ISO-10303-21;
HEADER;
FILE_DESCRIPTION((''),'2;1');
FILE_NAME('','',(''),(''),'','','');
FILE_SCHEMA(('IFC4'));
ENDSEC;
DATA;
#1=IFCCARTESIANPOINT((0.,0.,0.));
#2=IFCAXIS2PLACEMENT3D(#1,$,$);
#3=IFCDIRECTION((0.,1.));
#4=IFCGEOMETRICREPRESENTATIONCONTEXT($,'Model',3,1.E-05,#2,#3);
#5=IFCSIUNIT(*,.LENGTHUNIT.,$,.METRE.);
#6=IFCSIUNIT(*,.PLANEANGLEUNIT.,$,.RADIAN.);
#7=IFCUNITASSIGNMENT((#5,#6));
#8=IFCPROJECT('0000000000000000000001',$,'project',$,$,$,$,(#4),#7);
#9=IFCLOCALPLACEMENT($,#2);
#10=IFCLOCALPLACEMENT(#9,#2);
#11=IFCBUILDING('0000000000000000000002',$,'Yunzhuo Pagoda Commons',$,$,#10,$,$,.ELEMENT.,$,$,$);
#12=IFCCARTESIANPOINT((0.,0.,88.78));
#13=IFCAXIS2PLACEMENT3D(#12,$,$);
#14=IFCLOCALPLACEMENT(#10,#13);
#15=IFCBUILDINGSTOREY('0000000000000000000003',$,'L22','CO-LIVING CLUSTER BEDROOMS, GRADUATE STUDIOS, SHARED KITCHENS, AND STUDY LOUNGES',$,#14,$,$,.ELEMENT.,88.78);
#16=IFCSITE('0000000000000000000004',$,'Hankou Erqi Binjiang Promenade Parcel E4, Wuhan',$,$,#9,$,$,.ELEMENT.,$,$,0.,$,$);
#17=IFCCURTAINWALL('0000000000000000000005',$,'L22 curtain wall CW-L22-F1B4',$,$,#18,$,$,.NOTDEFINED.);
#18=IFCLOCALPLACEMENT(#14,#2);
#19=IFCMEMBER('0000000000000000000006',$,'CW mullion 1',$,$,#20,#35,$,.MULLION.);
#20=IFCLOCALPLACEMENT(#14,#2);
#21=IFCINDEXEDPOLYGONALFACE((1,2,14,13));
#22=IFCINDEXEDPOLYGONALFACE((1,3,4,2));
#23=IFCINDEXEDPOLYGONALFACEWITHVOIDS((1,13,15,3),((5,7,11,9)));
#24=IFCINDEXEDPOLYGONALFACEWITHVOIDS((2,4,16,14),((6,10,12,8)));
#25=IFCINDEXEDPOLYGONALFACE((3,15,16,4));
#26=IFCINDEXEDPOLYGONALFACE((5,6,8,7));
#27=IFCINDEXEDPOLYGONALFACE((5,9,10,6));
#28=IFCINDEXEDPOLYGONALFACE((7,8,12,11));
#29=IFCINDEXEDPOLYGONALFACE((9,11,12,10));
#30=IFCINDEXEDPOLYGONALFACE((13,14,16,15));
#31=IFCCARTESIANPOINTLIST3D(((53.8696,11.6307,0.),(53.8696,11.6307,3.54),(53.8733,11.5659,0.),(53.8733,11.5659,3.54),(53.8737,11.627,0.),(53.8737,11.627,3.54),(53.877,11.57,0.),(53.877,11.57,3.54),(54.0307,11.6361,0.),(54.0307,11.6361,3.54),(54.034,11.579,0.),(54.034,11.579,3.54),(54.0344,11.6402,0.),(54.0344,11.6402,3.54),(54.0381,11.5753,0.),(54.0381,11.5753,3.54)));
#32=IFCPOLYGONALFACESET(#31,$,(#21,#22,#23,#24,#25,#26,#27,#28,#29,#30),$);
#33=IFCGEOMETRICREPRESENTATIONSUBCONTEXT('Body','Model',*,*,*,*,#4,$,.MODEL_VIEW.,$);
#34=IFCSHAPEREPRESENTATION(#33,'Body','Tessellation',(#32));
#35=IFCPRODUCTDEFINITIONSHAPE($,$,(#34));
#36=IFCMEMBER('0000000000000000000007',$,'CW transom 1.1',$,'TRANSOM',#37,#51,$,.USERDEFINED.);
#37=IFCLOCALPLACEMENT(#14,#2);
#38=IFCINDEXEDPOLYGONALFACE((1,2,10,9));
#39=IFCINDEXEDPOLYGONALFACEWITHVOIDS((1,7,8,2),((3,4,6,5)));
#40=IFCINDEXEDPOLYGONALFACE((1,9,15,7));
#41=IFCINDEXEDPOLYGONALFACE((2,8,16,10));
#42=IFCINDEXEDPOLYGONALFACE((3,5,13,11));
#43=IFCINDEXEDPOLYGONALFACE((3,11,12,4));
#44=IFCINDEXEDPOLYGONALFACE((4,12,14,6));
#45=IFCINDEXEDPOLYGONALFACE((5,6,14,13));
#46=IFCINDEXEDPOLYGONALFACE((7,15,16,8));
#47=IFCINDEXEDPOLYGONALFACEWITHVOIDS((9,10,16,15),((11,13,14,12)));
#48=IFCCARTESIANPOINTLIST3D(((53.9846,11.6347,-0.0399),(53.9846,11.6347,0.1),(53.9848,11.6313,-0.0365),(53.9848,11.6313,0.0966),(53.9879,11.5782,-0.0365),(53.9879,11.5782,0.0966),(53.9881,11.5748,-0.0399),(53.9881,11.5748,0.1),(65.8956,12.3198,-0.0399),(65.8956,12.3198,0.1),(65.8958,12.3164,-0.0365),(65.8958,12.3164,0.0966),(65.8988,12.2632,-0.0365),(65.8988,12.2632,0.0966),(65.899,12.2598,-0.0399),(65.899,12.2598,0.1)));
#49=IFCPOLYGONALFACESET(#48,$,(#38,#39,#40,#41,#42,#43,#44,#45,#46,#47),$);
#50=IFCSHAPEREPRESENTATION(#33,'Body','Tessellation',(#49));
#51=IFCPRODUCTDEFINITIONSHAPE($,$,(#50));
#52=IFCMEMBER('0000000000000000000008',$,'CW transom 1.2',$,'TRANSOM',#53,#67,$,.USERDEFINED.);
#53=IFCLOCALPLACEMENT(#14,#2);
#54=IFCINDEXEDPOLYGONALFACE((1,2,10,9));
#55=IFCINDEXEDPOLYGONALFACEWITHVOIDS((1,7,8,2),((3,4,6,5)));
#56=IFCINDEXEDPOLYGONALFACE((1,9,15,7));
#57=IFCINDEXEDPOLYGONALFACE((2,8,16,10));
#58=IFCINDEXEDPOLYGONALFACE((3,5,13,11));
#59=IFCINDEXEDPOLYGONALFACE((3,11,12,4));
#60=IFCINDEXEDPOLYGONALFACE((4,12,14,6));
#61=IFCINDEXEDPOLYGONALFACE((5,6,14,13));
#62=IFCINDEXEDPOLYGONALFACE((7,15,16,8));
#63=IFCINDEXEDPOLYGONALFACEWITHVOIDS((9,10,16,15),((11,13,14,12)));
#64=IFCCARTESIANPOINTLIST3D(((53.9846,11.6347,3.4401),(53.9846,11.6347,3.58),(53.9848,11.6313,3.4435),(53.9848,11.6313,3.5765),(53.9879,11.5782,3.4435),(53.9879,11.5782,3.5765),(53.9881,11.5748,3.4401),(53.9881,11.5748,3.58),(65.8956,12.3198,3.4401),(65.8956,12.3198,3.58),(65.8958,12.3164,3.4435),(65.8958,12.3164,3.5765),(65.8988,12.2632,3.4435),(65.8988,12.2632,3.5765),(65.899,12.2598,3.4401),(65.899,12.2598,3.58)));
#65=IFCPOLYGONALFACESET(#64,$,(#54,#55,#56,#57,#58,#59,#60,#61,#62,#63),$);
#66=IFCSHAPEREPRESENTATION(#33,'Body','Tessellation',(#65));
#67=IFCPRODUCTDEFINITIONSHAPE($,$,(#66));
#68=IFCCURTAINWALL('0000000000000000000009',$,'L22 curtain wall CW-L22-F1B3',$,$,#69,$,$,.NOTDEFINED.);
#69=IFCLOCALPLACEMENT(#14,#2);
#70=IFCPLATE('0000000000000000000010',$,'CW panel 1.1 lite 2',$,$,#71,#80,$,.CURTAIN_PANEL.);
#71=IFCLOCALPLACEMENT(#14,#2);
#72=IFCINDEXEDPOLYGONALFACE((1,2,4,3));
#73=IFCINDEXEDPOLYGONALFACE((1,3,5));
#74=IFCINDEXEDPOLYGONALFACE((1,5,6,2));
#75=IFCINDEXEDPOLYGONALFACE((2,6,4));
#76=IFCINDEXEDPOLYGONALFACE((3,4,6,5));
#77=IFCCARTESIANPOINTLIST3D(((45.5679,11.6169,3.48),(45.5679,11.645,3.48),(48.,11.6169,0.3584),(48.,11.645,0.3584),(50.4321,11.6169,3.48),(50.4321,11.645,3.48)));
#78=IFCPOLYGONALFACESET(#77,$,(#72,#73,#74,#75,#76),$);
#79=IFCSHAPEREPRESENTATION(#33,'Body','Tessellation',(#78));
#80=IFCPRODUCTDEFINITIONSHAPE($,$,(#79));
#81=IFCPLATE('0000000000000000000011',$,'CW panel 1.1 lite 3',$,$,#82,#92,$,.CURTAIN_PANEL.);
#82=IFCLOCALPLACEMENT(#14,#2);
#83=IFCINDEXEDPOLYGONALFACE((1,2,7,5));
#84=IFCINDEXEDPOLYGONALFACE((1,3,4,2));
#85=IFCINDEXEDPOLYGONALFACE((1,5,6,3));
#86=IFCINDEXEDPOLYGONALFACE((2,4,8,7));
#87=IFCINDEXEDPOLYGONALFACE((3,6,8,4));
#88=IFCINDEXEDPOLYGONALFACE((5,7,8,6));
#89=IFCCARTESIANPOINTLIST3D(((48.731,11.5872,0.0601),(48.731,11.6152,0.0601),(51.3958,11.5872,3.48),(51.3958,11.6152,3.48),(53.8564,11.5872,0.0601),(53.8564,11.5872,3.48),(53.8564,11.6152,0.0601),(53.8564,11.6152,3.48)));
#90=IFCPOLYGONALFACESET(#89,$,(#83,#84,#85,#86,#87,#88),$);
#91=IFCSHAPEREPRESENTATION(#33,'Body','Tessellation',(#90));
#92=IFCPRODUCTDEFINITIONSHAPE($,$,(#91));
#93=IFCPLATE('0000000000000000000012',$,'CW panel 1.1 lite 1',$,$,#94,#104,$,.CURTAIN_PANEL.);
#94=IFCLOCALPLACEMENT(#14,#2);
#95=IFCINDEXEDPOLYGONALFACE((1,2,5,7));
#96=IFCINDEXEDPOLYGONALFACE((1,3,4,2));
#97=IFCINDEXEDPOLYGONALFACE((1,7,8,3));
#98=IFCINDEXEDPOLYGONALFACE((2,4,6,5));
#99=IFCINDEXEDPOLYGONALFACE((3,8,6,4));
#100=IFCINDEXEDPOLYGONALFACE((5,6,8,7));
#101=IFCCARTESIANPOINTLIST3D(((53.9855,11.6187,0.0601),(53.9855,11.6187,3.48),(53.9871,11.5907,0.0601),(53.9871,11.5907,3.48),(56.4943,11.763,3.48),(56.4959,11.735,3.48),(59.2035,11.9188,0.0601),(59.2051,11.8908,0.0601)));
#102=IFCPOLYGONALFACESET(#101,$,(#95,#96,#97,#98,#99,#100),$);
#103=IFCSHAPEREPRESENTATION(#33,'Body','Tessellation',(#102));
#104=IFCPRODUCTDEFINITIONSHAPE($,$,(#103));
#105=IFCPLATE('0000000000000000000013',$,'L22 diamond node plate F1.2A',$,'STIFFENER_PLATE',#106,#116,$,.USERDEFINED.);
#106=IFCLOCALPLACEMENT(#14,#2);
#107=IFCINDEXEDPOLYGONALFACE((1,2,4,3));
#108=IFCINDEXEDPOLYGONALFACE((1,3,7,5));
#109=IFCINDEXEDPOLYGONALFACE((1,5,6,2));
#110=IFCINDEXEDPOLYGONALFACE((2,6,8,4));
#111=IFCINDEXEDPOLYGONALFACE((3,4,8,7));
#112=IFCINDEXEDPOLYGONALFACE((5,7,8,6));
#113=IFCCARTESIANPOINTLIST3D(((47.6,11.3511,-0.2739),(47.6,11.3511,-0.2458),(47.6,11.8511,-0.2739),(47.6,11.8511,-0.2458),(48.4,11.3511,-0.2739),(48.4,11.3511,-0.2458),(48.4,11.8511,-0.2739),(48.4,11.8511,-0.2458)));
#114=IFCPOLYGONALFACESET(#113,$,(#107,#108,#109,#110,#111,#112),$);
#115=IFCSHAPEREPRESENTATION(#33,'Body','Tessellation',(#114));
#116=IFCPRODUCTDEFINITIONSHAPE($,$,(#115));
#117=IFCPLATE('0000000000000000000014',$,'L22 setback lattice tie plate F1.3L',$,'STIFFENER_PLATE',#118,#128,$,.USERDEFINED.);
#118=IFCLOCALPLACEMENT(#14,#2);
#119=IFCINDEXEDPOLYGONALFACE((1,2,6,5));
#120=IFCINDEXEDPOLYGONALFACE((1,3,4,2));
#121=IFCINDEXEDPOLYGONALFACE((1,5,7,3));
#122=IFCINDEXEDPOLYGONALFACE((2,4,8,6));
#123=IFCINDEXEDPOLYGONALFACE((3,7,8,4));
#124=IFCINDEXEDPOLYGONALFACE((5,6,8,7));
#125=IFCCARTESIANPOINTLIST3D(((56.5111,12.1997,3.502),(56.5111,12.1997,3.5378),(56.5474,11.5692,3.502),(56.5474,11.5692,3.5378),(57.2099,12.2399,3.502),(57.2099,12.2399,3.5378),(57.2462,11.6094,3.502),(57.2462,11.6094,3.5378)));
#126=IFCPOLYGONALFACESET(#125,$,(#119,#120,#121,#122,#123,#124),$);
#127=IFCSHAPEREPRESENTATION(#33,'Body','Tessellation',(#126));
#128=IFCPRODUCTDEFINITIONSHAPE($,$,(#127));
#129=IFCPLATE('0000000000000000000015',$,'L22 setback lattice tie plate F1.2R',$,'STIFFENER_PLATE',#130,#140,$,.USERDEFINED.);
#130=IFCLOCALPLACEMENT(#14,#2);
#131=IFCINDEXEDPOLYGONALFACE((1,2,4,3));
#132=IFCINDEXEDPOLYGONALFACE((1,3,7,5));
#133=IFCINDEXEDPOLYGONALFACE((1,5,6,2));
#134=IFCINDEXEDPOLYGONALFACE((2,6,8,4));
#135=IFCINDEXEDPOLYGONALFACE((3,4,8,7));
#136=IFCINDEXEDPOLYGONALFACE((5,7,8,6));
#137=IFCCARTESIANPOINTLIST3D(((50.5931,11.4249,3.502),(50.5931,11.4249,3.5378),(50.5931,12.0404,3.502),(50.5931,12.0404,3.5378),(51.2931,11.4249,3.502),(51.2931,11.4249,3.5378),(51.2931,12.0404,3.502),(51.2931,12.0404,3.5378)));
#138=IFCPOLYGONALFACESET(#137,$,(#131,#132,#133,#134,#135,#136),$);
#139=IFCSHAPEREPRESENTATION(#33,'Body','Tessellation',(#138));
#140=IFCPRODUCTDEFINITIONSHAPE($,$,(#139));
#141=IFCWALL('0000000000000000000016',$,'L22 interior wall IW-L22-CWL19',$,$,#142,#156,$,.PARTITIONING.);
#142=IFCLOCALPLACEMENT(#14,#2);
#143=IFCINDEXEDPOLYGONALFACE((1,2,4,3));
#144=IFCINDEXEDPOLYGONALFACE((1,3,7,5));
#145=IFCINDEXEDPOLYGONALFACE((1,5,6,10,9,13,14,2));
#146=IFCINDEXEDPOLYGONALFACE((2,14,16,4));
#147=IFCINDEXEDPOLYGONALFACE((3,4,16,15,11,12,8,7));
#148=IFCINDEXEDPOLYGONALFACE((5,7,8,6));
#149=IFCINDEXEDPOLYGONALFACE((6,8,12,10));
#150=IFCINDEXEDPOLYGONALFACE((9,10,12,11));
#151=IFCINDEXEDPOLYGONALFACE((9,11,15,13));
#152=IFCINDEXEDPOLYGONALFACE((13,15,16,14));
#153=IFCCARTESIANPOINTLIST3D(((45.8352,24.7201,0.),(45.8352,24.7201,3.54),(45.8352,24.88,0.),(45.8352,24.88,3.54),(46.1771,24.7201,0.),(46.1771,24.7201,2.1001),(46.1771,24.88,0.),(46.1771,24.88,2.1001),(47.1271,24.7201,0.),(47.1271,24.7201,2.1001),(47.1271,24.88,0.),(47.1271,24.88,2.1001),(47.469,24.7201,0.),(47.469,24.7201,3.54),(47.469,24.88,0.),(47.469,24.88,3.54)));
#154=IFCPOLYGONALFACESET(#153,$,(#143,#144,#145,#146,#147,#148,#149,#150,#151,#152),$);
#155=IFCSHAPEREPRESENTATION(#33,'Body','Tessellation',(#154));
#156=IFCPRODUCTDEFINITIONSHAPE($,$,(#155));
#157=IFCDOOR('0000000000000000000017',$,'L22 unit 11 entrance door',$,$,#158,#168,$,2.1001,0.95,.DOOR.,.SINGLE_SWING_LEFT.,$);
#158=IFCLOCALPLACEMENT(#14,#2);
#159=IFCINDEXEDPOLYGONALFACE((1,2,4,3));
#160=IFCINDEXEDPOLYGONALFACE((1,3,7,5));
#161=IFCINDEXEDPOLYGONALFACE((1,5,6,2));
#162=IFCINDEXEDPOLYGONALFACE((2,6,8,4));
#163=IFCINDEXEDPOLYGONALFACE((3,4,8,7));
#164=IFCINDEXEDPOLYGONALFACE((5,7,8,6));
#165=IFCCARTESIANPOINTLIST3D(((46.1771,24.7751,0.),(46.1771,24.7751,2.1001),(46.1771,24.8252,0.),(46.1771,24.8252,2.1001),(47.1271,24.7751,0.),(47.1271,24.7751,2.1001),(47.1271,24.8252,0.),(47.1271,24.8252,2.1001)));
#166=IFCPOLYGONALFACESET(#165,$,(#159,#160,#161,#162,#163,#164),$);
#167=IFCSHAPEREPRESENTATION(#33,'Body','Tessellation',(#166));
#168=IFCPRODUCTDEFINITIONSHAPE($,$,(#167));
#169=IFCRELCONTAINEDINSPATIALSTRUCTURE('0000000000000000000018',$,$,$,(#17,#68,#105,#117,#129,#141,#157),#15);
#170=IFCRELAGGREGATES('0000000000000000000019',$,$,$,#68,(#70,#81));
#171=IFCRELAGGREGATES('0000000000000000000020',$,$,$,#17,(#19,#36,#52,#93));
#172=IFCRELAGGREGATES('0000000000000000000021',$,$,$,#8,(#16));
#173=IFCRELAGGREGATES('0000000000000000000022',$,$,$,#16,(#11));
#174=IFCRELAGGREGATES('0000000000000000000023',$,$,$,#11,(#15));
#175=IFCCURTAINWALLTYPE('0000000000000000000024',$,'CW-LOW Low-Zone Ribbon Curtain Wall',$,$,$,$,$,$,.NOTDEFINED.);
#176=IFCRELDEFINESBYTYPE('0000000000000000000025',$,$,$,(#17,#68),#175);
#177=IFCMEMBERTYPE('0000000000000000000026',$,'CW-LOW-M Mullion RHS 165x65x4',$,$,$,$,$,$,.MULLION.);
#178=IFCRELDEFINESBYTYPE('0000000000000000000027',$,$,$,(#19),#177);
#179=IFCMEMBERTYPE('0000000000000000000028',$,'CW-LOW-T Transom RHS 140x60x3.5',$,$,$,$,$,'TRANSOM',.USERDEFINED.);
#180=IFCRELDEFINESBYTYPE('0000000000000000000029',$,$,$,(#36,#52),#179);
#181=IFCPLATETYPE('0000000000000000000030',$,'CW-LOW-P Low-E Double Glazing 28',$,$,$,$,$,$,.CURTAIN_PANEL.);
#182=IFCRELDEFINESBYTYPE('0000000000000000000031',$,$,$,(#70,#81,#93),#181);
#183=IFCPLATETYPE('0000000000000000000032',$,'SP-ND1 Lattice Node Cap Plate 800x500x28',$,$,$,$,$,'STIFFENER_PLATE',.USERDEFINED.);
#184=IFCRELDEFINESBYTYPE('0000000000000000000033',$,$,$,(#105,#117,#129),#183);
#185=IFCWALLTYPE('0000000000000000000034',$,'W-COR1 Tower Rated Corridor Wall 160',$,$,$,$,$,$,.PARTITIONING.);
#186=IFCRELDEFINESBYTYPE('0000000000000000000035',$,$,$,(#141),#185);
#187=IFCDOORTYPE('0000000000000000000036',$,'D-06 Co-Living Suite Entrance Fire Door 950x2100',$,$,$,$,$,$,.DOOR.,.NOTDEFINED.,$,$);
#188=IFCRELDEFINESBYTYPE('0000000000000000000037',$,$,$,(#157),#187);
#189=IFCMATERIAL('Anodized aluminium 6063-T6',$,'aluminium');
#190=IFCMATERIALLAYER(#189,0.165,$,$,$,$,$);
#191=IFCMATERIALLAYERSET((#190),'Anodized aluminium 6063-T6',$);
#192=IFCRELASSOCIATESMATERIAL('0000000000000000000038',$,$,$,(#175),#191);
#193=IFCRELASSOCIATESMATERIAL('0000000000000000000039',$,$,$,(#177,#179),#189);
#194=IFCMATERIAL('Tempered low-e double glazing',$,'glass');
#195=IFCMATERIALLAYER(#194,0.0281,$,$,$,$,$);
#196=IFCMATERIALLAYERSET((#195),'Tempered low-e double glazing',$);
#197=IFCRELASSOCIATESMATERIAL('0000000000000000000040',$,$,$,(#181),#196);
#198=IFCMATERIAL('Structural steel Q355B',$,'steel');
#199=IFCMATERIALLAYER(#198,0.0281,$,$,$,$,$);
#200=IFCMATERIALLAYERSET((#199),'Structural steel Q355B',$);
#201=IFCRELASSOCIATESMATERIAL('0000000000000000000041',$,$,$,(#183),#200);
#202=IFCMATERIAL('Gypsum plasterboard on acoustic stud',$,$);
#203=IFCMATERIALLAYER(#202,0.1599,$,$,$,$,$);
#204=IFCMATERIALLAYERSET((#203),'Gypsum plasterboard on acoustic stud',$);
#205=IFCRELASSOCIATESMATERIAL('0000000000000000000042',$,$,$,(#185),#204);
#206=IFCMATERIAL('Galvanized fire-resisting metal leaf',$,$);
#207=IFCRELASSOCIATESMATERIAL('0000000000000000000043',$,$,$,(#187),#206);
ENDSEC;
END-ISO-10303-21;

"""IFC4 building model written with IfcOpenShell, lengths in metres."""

from ifc_helpers import new_model, si_unit, direction, frame, frame_2d, origin, origin_with_axes, origin_2d, place, context, subcontext, project, spatial, polyline, rectangle, hollow_rectangle, outline, extrude, source, transform, mapped, material, layer, layer_set, material_profile, profile_set, type_object, element, fill, aggregate, save


model = new_model("IFC4")

# Units and contexts
model_context = context("Model", 3, precision=1e-05, world=origin(), true_north=direction((0.0, 1.0)))
body_context = subcontext(model_context, "Body", "Model", "MODEL_VIEW")
ifc_project = project(units=[si_unit("LENGTHUNIT", "METRE"), si_unit("PLANEANGLEUNIT", "RADIAN")], contexts=[model_context])

# Site, building, storey
site_placement = place(None, origin())
site = spatial("IfcSite", under=ifc_project, at=site_placement, Name="Hankou Erqi Binjiang Promenade Parcel E4, Wuhan", CompositionType="ELEMENT", RefElevation=0.0)
building_placement = place(site_placement, origin())
building = spatial("IfcBuilding", under=site, at=building_placement, Name="Yunzhuo Pagoda Commons", CompositionType="ELEMENT")
storey_placement = place(building_placement, frame((0.0, 0.0, 88.78)))
storey = spatial("IfcBuildingStorey", under=building, at=storey_placement, Name="L22", Description="CO-LIVING CLUSTER BEDROOMS, GRADUATE STUDIOS, SHARED KITCHENS, AND STUDY LOUNGES", CompositionType="ELEMENT", Elevation=88.78)

# Shared definitions
ifc_material_1 = material(Name="Structural steel Q355B", Category="steel")

# Curtain wall, members
ifc_material_2 = material(Name="Anodized aluminium 6063-T6", Category="aluminium")
ifc_layer_1 = layer(ifc_material_2, 0.165)
ifc_layer_set_1 = layer_set([ifc_layer_1], Name="Anodized aluminium 6063-T6")
curtain_wall_type = type_object("IfcCurtainWallType", Name="CW-LOW Low-Zone Ribbon Curtain Wall", PredefinedType="NOTDEFINED", material=ifc_layer_set_1)
curtain_wall_1_placement = place(storey_placement, origin())
curtain_wall_1 = element("IfcCurtainWall", 1, at=curtain_wall_1_placement, inside=storey, type_object=curtain_wall_type, Name="L22 curtain wall CW-L22-F1B4", PredefinedType="NOTDEFINED")
ifc_material_profile_1 = material_profile(ifc_material_2, hollow_rectangle(XDim=0.0649, YDim=0.165, WallThickness=0.0039, at=origin_2d()), Name="Anodized aluminium 6063-T6")
ifc_profile_set_1 = profile_set([ifc_material_profile_1], Name="Anodized aluminium 6063-T6")
member_type_1 = type_object("IfcMemberType", Name="CW-LOW-M Mullion RHS 165x65x4", PredefinedType="MULLION", material=ifc_profile_set_1)
shared_shape_1 = source(origin(), body_context, "Body", "SweptSolid", [
    extrude(hollow_rectangle(XDim=0.0649, YDim=0.165, WallThickness=0.0039, at=origin_2d()), origin(), (0.0, 0.0, 1.0), 3.54),
])
member_1_placement = place(storey_placement, frame((53.9539, 11.603, 0.0), z_axis=(0.0, 0.0, 1.0), x_axis=(-0.057418, 0.99835, 0.0)))
member_1 = element("IfcMember", 2, at=member_1_placement, type_object=member_type_1, Name="CW mullion 1", PredefinedType="MULLION", context=body_context, shape_type="MappedRepresentation", body=[
    mapped(shared_shape_1, transform((0.0, 0.0, 0.0), scale=1.0)),
])
ifc_material_profile_2 = material_profile(ifc_material_2, hollow_rectangle(XDim=0.0601, YDim=0.1399, WallThickness=0.0034, at=origin_2d()), Name="Anodized aluminium 6063-T6")
ifc_profile_set_2 = profile_set([ifc_material_profile_2], Name="Anodized aluminium 6063-T6")
member_type_2 = type_object("IfcMemberType", Name="CW-LOW-T Transom RHS 140x60x3.5", ElementType="TRANSOM", PredefinedType="USERDEFINED", material=ifc_profile_set_2)
shared_shape_2 = source(origin(), body_context, "Body", "SweptSolid", [
    extrude(hollow_rectangle(XDim=0.0601, YDim=0.1399, WallThickness=0.0034, at=origin_2d()), origin(), (0.0, 0.0, 1.0), 11.9307),
])
member_2_placement = place(storey_placement, frame((53.9863, 11.6047, 0.03), z_axis=(0.99835, 0.05742, 0.0), x_axis=(-0.05742, 0.99835, 0.0)))
member_2 = element("IfcMember", 3, at=member_2_placement, type_object=member_type_2, Name="CW transom 1.1", ObjectType="TRANSOM", PredefinedType="USERDEFINED", context=body_context, shape_type="MappedRepresentation", body=[
    mapped(shared_shape_2, transform((0.0, 0.0, 0.0), scale=1.0)),
])
member_3_placement = place(storey_placement, frame((53.9863, 11.6047, 3.51), z_axis=(0.99835, 0.05742, 0.0), x_axis=(-0.05742, 0.99835, 0.0)))
member_3 = element("IfcMember", 4, at=member_3_placement, type_object=member_type_2, Name="CW transom 1.2", ObjectType="TRANSOM", PredefinedType="USERDEFINED", context=body_context, shape_type="MappedRepresentation", body=[
    mapped(shared_shape_2, transform((0.0, 0.0, 0.0), scale=1.0)),
])

# Curtain wall, plates
curtain_wall_2_placement = place(storey_placement, origin())
curtain_wall_2 = element("IfcCurtainWall", 5, at=curtain_wall_2_placement, inside=storey, type_object=curtain_wall_type, Name="L22 curtain wall CW-L22-F1B3", PredefinedType="NOTDEFINED")
ifc_material_3 = material(Name="Tempered low-e double glazing", Category="glass")
ifc_layer_2 = layer(ifc_material_3, 0.0281)
ifc_layer_set_2 = layer_set([ifc_layer_2], Name="Tempered low-e double glazing")
plate_type_1 = type_object("IfcPlateType", Name="CW-LOW-P Low-E Double Glazing 28", PredefinedType="CURTAIN_PANEL", material=ifc_layer_set_2)
plate_1_placement = place(storey_placement, frame((48.0, 11.645, 1.9192), z_axis=(0.0, -1.0, 0.0), x_axis=(1.0, 0.0, 0.0)))
plate_1 = element("IfcPlate", 6, at=plate_1_placement, type_object=plate_type_1, Name="CW panel 1.1 lite 2", PredefinedType="CURTAIN_PANEL", context=body_context, shape_type="SweptSolid", body=[
    extrude(outline(polyline([(-2.4321, 1.5608), (0.0, -1.5608), (2.4321, 1.5608), (-2.4321, 1.5608)])), origin(), (0.0, 0.0, 1.0), 0.0281),
])
plate_2_placement = place(storey_placement, frame((51.2937, 11.6152, 1.77), z_axis=(0.0, -1.0, 0.0), x_axis=(1.0, 0.0, 0.0)))
plate_2 = element("IfcPlate", 7, at=plate_2_placement, type_object=plate_type_1, Name="CW panel 1.1 lite 3", PredefinedType="CURTAIN_PANEL", context=body_context, shape_type="SweptSolid", body=[
    extrude(outline(polyline([(-2.5627, -1.71), (2.5627, -1.71), (2.5627, 1.71), (0.1021, 1.71), (-2.5627, -1.71)])), origin(), (0.0, 0.0, 1.0), 0.0281),
])
aggregate(curtain_wall_2, [plate_1, plate_2])

# Plate
plate_3_placement = place(storey_placement, frame((56.5945, 11.7688, 1.77), z_axis=(0.057418, -0.99835, 0.0), x_axis=(0.99835, 0.057418, 0.0)))
plate_3 = element("IfcPlate", 8, at=plate_3_placement, type_object=plate_type_1, Name="CW panel 1.1 lite 1", PredefinedType="CURTAIN_PANEL", context=body_context, shape_type="SweptSolid", body=[
    extrude(outline(polyline([(-2.6133, -1.71), (2.6133, -1.71), (-0.1003, 1.71), (-2.6133, 1.71), (-2.6133, -1.71)])), origin(), (0.0, 0.0, 1.0), 0.0281),
])
aggregate(curtain_wall_1, [member_1, member_2, member_3, plate_3])

# Plates
ifc_layer_3 = layer(ifc_material_1, 0.0281)
ifc_layer_set_3 = layer_set([ifc_layer_3], Name="Structural steel Q355B")
plate_type_2 = type_object("IfcPlateType", Name="SP-ND1 Lattice Node Cap Plate 800x500x28", ElementType="STIFFENER_PLATE", PredefinedType="USERDEFINED", material=ifc_layer_set_3)
shared_shape_3 = source(origin(), body_context, "Body", "SweptSolid", [
    extrude(rectangle(XDim=0.8, YDim=0.5, at=origin_2d()), origin(), (0.0, 0.0, 1.0), 0.0281),
])
plate_4_placement = place(storey_placement, frame((48.0, 11.6011, -0.2739), z_axis=(0.0, 0.0, 1.0), x_axis=(1.0, 0.0, 0.0)))
element("IfcPlate", 9, at=plate_4_placement, inside=storey, type_object=plate_type_2, Name="L22 diamond node plate F1.2A", ObjectType="STIFFENER_PLATE", PredefinedType="USERDEFINED", context=body_context, shape_type="MappedRepresentation", body=[
    mapped(shared_shape_3, transform((0.0, 0.0, 0.0), scale=1.0)),
])
shared_shape_4 = source(origin(), body_context, "Body", "SweptSolid", [
    extrude(rectangle(XDim=0.7, YDim=0.6316, at=origin_2d()), origin(), (0.0, 0.0, 1.0), 0.0359),
])
plate_5_placement = place(storey_placement, frame((56.8787, 11.9045, 3.502), z_axis=(0.0, 0.0, 1.0), x_axis=(0.99835, 0.057425, 0.0)))
element("IfcPlate", 10, at=plate_5_placement, inside=storey, type_object=plate_type_2, Name="L22 setback lattice tie plate F1.3L", ObjectType="STIFFENER_PLATE", PredefinedType="USERDEFINED", context=body_context, shape_type="MappedRepresentation", body=[
    mapped(shared_shape_4, transform((0.0, 0.0, 0.0), scale=1.0)),
])
shared_shape_5 = source(origin(), body_context, "Body", "SweptSolid", [
    extrude(rectangle(XDim=0.7, YDim=0.6155, at=origin_2d()), origin(), (0.0, 0.0, 1.0), 0.0359),
])
plate_6_placement = place(storey_placement, frame((50.9431, 11.7327, 3.502), z_axis=(0.0, 0.0, 1.0), x_axis=(1.0, 0.0, 0.0)))
element("IfcPlate", 11, at=plate_6_placement, inside=storey, type_object=plate_type_2, Name="L22 setback lattice tie plate F1.2R", ObjectType="STIFFENER_PLATE", PredefinedType="USERDEFINED", context=body_context, shape_type="MappedRepresentation", body=[
    mapped(shared_shape_5, transform((0.0, 0.0, 0.0), scale=1.0)),
])

# Wall, opening, door
ifc_material_4 = material(Name="Gypsum plasterboard on acoustic stud")
ifc_layer_4 = layer(ifc_material_4, 0.1599)
ifc_layer_set_4 = layer_set([ifc_layer_4], Name="Gypsum plasterboard on acoustic stud")
wall_type_1 = type_object("IfcWallType", Name="W-COR1 Tower Rated Corridor Wall 160", PredefinedType="PARTITIONING", material=ifc_layer_set_4)
wall_1_placement = place(storey_placement, frame((47.469, 24.8, 0.0), z_axis=(0.0, 0.0, 1.0), x_axis=(-1.0, 0.0, 0.0)))
wall_1 = element("IfcWall", 12, at=wall_1_placement, inside=storey, type_object=wall_type_1, Name="L22 interior wall IW-L22-CWL19", PredefinedType="PARTITIONING", context=body_context, shape_type="SweptSolid", body=[
    extrude(rectangle(XDim=1.6338, YDim=0.1599, at=frame_2d((0.8169, 0.0))), origin(), (0.0, 0.0, 1.0), 3.54),
])
opening_1_placement = place(wall_1_placement, frame((0.3418, 0.0, 0.0)))
opening_1 = element("IfcOpeningElement", 13, at=opening_1_placement, cuts=wall_1, PredefinedType="OPENING", context=body_context, shape_type="SweptSolid", body=[
    extrude(rectangle(XDim=0.95, YDim=2.1001, at=frame_2d((0.4751, 1.05))), frame((0.0, 0.0898, 0.0), z_axis=(0.0, -1.0, 0.0), x_axis=(1.0, 0.0, 0.0)), (0.0, 0.0, 1.0), 0.1799),
])
ifc_material_5 = material(Name="Galvanized fire-resisting metal leaf")
door_type_1 = type_object("IfcDoorType", Name="D-06 Co-Living Suite Entrance Fire Door 950x2100", OperationType="NOTDEFINED", PredefinedType="DOOR", material=ifc_material_5)
shared_shape_6 = source(origin(), body_context, "Body", "SweptSolid", [
    extrude(rectangle(XDim=0.95, YDim=2.1001, at=frame_2d((0.4751, 1.05))), frame((0.0, 0.0249, 0.0), z_axis=(0.0, -1.0, 0.0), x_axis=(1.0, 0.0, 0.0)), (0.0, 0.0, 1.0), 0.05),
])
door_1_placement = place(opening_1_placement, origin_with_axes())
door_1 = element("IfcDoor", 14, at=door_1_placement, inside=storey, type_object=door_type_1, Name="L22 unit 11 entrance door", OperationType="SINGLE_SWING_LEFT", OverallHeight=2.1001, OverallWidth=0.95, PredefinedType="DOOR", context=body_context, shape_type="MappedRepresentation", body=[
    mapped(shared_shape_6, transform((0.0, 0.0, 0.0), scale=1.0)),
])
fill(opening_1, door_1)

save(model, "model.ifc")
